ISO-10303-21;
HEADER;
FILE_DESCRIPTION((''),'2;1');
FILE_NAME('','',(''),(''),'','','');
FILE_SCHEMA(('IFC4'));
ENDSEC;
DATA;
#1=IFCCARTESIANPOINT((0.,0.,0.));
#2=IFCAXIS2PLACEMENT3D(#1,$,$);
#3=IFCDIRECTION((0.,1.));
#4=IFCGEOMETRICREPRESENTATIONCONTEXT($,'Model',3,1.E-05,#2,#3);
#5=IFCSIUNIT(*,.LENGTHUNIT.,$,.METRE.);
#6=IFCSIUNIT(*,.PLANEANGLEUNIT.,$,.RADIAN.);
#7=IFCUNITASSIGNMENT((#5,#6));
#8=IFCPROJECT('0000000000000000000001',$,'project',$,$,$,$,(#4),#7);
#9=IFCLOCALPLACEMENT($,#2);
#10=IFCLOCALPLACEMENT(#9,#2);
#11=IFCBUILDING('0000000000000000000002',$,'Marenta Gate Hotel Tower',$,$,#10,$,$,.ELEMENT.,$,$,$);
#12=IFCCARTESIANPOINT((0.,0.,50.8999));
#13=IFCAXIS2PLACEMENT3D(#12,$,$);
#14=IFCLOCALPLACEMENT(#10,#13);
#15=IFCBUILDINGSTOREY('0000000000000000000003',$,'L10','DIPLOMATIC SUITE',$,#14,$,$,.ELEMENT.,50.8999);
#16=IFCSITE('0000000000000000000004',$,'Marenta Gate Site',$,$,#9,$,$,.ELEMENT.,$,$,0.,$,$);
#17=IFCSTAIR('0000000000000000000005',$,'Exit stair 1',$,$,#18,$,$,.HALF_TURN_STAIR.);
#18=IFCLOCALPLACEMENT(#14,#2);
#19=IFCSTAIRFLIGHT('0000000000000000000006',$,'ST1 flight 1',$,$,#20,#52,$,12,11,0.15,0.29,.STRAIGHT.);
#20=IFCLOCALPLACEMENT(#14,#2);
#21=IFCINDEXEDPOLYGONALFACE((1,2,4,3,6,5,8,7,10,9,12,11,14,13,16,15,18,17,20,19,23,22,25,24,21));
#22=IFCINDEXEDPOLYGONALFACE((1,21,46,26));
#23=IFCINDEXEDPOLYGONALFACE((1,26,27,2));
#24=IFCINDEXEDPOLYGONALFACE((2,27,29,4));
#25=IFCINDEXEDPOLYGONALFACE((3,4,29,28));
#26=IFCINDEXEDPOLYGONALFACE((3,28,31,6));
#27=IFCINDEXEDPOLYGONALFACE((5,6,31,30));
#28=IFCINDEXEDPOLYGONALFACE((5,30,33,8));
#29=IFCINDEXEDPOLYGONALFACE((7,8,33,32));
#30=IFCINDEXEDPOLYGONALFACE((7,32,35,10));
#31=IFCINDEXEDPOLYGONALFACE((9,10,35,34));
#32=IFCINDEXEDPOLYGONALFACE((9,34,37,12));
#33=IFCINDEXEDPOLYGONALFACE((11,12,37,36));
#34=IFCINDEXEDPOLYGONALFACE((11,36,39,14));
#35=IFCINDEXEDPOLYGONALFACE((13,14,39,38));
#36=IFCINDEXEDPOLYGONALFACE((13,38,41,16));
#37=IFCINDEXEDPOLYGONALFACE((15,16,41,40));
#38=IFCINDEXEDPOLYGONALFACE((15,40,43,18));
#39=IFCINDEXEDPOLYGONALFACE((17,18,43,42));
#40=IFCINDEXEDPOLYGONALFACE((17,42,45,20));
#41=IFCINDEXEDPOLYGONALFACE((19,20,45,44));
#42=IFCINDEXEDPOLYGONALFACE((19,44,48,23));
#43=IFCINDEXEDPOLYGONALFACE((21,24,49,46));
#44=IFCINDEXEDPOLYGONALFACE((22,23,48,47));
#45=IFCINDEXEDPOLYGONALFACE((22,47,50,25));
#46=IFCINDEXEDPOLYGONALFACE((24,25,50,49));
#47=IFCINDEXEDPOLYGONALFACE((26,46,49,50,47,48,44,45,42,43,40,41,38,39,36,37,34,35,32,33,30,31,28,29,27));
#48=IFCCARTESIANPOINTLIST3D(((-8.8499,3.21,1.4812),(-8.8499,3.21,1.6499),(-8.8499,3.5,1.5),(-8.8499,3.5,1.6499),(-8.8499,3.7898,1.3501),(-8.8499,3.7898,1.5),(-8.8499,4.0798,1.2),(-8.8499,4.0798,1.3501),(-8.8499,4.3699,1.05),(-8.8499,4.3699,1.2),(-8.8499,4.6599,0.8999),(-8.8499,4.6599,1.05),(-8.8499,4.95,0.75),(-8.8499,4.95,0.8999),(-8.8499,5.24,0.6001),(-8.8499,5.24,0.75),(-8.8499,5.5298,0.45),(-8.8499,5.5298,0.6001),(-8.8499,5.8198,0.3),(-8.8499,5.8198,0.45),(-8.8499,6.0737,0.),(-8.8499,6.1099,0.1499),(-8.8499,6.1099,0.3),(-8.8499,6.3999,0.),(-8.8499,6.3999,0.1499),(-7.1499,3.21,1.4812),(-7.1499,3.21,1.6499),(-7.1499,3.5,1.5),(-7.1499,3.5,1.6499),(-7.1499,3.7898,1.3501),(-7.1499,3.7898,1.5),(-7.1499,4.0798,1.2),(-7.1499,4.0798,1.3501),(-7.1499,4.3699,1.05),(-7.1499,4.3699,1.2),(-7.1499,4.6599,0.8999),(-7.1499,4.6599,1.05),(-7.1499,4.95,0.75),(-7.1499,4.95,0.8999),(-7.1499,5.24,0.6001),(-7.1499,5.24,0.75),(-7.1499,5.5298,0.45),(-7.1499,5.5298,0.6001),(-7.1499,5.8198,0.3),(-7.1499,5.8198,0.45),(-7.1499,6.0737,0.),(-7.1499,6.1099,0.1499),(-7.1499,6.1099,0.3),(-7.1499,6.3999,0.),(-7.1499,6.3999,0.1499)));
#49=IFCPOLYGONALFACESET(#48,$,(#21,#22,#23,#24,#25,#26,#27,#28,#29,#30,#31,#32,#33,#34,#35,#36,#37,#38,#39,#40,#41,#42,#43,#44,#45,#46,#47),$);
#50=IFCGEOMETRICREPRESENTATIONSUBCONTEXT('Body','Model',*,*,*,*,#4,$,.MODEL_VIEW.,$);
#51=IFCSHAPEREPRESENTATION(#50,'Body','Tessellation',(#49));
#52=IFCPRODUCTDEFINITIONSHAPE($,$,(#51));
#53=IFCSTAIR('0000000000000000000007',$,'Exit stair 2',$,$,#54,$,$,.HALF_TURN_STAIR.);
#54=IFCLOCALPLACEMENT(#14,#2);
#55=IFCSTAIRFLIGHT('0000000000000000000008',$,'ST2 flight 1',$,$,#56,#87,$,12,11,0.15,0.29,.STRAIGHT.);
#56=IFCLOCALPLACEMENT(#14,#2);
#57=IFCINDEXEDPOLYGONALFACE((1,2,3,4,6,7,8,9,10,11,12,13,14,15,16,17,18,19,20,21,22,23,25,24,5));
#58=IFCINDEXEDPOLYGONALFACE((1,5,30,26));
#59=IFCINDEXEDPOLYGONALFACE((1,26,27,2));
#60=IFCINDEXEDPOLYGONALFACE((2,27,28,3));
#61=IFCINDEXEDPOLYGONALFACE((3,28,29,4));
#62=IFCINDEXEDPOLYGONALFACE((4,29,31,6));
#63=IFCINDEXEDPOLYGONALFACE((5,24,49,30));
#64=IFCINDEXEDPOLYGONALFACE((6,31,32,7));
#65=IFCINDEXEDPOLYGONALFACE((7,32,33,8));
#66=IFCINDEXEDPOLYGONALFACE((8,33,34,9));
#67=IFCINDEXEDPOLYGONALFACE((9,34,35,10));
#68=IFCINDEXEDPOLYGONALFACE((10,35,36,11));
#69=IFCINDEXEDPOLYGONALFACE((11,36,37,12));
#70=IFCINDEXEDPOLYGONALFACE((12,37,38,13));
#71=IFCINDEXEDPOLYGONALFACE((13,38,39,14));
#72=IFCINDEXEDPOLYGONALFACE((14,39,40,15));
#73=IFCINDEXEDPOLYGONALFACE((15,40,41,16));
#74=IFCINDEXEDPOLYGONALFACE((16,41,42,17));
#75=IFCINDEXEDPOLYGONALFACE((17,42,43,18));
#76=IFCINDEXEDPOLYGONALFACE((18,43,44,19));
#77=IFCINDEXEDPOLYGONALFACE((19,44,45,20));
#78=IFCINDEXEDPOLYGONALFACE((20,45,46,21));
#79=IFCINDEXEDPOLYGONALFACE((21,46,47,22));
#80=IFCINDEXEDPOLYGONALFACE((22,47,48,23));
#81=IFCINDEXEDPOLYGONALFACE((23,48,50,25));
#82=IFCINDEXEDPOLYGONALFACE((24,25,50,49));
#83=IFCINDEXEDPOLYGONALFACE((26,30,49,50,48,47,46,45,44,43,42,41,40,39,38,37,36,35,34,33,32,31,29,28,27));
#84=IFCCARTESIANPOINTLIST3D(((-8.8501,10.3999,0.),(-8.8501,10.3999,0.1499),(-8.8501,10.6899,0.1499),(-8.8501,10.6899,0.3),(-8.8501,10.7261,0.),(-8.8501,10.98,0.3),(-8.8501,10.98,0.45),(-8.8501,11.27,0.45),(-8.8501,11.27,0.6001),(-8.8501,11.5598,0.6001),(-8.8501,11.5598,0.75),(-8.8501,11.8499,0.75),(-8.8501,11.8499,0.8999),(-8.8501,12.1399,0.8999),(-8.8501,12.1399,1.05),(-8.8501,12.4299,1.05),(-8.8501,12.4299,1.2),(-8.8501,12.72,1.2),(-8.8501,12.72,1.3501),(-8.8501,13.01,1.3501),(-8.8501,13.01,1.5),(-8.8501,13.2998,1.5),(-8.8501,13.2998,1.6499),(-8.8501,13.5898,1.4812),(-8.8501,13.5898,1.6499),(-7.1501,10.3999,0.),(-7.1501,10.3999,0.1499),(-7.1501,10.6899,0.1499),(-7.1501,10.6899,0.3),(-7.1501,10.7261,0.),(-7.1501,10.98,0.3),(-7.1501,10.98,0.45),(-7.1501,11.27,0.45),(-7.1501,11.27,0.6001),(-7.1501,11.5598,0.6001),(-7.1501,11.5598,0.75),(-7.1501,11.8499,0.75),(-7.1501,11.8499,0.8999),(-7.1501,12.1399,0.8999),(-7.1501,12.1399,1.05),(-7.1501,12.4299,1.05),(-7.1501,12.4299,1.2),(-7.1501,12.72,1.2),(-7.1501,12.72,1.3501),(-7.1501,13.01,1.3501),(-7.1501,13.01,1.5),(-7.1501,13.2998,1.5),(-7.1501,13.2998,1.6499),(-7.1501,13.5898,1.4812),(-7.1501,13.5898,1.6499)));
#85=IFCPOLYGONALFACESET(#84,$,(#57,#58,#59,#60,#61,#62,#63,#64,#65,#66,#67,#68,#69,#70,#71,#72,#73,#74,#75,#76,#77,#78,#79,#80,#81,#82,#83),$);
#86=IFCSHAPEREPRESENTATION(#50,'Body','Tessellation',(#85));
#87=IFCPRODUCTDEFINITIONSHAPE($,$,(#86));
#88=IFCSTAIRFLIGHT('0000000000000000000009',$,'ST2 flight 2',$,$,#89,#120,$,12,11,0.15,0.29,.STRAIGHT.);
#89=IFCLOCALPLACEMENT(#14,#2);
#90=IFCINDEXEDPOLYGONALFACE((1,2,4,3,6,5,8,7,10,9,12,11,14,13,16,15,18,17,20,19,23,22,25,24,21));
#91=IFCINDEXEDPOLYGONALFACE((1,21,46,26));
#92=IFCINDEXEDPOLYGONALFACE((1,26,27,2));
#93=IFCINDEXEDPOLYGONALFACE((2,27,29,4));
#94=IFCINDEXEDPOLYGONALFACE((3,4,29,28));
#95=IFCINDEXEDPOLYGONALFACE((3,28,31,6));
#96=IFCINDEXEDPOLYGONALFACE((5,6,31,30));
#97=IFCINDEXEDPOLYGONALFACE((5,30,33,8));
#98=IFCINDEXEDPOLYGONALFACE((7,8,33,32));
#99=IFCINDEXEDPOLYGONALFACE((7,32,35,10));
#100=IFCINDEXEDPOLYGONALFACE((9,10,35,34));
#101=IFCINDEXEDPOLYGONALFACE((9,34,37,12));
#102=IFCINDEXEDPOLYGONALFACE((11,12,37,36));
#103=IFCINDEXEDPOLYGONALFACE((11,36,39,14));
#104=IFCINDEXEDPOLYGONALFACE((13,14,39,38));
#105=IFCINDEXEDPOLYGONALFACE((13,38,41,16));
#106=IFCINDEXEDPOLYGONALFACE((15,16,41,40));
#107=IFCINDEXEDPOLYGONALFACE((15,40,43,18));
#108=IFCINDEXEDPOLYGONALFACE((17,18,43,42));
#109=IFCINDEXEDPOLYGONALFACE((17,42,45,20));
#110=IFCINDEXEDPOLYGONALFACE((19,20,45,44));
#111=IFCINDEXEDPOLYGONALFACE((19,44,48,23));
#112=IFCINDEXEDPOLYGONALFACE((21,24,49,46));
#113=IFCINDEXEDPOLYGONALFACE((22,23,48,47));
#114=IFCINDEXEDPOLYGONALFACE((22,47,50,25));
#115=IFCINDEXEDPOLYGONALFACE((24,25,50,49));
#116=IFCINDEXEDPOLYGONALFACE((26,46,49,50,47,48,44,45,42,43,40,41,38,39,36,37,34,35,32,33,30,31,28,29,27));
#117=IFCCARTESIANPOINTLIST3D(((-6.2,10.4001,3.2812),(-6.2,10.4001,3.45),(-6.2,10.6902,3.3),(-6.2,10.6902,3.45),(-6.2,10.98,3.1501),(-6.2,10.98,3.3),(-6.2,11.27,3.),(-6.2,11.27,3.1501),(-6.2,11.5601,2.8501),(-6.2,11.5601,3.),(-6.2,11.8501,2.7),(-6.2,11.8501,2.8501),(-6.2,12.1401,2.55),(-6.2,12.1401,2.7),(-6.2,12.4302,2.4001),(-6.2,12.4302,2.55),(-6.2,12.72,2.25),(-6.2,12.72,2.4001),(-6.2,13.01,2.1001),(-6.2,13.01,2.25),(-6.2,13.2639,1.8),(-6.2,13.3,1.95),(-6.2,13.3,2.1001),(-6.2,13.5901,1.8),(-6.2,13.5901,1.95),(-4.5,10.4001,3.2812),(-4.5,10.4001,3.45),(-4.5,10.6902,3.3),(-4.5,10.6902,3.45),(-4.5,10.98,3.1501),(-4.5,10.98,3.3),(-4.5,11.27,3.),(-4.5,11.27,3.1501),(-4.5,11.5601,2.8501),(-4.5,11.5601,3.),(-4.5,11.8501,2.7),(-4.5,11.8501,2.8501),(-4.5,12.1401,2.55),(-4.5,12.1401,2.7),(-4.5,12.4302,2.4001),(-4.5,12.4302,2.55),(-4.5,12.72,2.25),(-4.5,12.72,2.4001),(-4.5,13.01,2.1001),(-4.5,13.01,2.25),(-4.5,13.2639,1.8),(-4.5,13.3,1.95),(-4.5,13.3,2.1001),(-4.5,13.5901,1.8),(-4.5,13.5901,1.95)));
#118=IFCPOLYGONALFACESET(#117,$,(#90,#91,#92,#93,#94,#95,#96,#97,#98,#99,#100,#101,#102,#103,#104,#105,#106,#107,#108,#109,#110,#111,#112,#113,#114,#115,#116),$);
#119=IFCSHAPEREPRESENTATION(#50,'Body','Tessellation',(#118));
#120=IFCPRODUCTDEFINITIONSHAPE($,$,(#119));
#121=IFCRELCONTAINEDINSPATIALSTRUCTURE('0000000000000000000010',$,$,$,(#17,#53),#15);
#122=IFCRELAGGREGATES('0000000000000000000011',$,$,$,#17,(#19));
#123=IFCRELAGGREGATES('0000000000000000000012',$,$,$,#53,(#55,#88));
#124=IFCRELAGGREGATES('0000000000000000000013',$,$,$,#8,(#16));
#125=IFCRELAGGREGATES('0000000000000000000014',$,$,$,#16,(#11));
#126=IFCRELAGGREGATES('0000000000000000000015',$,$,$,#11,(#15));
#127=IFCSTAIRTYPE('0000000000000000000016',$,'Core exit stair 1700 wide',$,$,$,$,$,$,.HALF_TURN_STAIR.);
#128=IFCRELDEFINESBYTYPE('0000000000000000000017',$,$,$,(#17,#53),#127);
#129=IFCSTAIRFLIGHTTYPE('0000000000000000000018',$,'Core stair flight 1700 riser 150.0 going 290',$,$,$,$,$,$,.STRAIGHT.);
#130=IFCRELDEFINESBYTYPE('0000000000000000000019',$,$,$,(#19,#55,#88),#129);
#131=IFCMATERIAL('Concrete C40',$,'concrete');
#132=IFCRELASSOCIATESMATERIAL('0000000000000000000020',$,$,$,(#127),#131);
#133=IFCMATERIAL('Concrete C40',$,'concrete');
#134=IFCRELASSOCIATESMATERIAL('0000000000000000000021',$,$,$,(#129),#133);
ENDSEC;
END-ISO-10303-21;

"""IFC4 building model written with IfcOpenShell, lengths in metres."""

from ifc_helpers import new_model, si_unit, direction, frame, origin, place, context, subcontext, project, spatial, polyline, outline, extrude, material, type_object, element, aggregate, save


model = new_model("IFC4")

# Units and contexts
model_context = context("Model", 3, precision=1e-05, world=origin(), true_north=direction((0.0, 1.0)))
body_context = subcontext(model_context, "Body", "Model", "MODEL_VIEW")
ifc_project = project(units=[si_unit("LENGTHUNIT", "METRE"), si_unit("PLANEANGLEUNIT", "RADIAN")], contexts=[model_context])

# Site, building, storey
site_placement = place(None, origin())
site = spatial("IfcSite", under=ifc_project, at=site_placement, Name="Marenta Gate Site", CompositionType="ELEMENT", RefElevation=0.0)
building_placement = place(site_placement, origin())
building = spatial("IfcBuilding", under=site, at=building_placement, Name="Marenta Gate Hotel Tower", CompositionType="ELEMENT")
storey_placement = place(building_placement, frame((0.0, 0.0, 50.8999)))
storey = spatial("IfcBuildingStorey", under=building, at=storey_placement, Name="L10", Description="DIPLOMATIC SUITE", CompositionType="ELEMENT", Elevation=50.8999)

# Stair, stair flight
ifc_material_1 = material(Name="Concrete C40", Category="concrete")
stair_type = type_object("IfcStairType", Name="Core exit stair 1700 wide", PredefinedType="HALF_TURN_STAIR", material=ifc_material_1)
stair_1_placement = place(storey_placement, origin())
stair_1 = element("IfcStair", 1, at=stair_1_placement, inside=storey, type_object=stair_type, Name="Exit stair 1", PredefinedType="HALF_TURN_STAIR")
ifc_material_2 = material(Name="Concrete C40", Category="concrete")
stair_flight_type = type_object("IfcStairFlightType", Name="Core stair flight 1700 riser 150.0 going 290", PredefinedType="STRAIGHT", material=ifc_material_2)
stair_flight_1_placement = place(storey_placement, frame((-8.0, 6.3999, 0.0), z_axis=(0.0, 0.0, 1.0), x_axis=(0.0, -1.0, 0.0)))
stair_flight_1 = element("IfcStairFlight", 2, at=stair_flight_1_placement, type_object=stair_flight_type, Name="ST1 flight 1", NumberOfRisers=12, NumberOfTreads=11, PredefinedType="STRAIGHT", RiserHeight=0.15, TreadLength=0.29, context=body_context, shape_type="SweptSolid", body=[
    extrude(outline(polyline([(0.0, 0.0), (0.0, 0.1499), (0.29, 0.1499), (0.29, 0.3), (0.5801, 0.3), (0.5801, 0.45), (0.8701, 0.45), (0.8701, 0.6001), (1.1599, 0.6001), (1.1599, 0.75), (1.45, 0.75), (1.45, 0.8999), (1.74, 0.8999), (1.74, 1.05), (2.03, 1.05), (2.03, 1.2), (2.3201, 1.2), (2.3201, 1.3501), (2.6101, 1.3501), (2.6101, 1.5), (2.8999, 1.5), (2.8999, 1.6499), (3.1899, 1.6499), (3.1899, 1.8), (3.1899, 1.4812), (0.3262, 0.0), (0.0, 0.0)])), frame((0.0, 0.8501, 0.0), z_axis=(0.0, -1.0, 0.0), x_axis=(1.0, 0.0, 0.0)), (0.0, 0.0, 1.0), 1.7),
])
aggregate(stair_1, [stair_flight_1])

# Stair, stair flights
stair_2_placement = place(storey_placement, origin())
stair_2 = element("IfcStair", 3, at=stair_2_placement, inside=storey, type_object=stair_type, Name="Exit stair 2", PredefinedType="HALF_TURN_STAIR")
stair_flight_2_placement = place(storey_placement, frame((-8.0, 10.3999, 0.0), z_axis=(0.0, 0.0, 1.0), x_axis=(0.0, 1.0, 0.0)))
stair_flight_2 = element("IfcStairFlight", 4, at=stair_flight_2_placement, type_object=stair_flight_type, Name="ST2 flight 1", NumberOfRisers=12, NumberOfTreads=11, PredefinedType="STRAIGHT", RiserHeight=0.15, TreadLength=0.29, context=body_context, shape_type="SweptSolid", body=[
    extrude(outline(polyline([(0.0, 0.0), (0.0, 0.1499), (0.29, 0.1499), (0.29, 0.3), (0.5801, 0.3), (0.5801, 0.45), (0.8701, 0.45), (0.8701, 0.6001), (1.1599, 0.6001), (1.1599, 0.75), (1.45, 0.75), (1.45, 0.8999), (1.74, 0.8999), (1.74, 1.05), (2.03, 1.05), (2.03, 1.2), (2.3201, 1.2), (2.3201, 1.3501), (2.6101, 1.3501), (2.6101, 1.5), (2.8999, 1.5), (2.8999, 1.6499), (3.1899, 1.6499), (3.1899, 1.8), (3.1899, 1.4812), (0.3262, 0.0), (0.0, 0.0)])), frame((0.0, 0.8501, 0.0), z_axis=(0.0, -1.0, 0.0), x_axis=(1.0, 0.0, 0.0)), (0.0, 0.0, 1.0), 1.7),
])
stair_flight_3_placement = place(storey_placement, frame((-5.3501, 13.5901, 1.8), z_axis=(0.0, 0.0, 1.0), x_axis=(0.0, -1.0, 0.0)))
stair_flight_3 = element("IfcStairFlight", 5, at=stair_flight_3_placement, type_object=stair_flight_type, Name="ST2 flight 2", NumberOfRisers=12, NumberOfTreads=11, PredefinedType="STRAIGHT", RiserHeight=0.15, TreadLength=0.29, context=body_context, shape_type="SweptSolid", body=[
    extrude(outline(polyline([(0.0, 0.0), (0.0, 0.1499), (0.29, 0.1499), (0.29, 0.3), (0.5801, 0.3), (0.5801, 0.45), (0.8701, 0.45), (0.8701, 0.6001), (1.1599, 0.6001), (1.1599, 0.75), (1.45, 0.75), (1.45, 0.8999), (1.74, 0.8999), (1.74, 1.05), (2.03, 1.05), (2.03, 1.2), (2.3201, 1.2), (2.3201, 1.3501), (2.6101, 1.3501), (2.6101, 1.5), (2.8999, 1.5), (2.8999, 1.6499), (3.1899, 1.6499), (3.1899, 1.8), (3.1899, 1.4812), (0.3262, 0.0), (0.0, 0.0)])), frame((0.0, 0.8501, 0.0), z_axis=(0.0, -1.0, 0.0), x_axis=(1.0, 0.0, 0.0)), (0.0, 0.0, 1.0), 1.7),
])
aggregate(stair_2, [stair_flight_2, stair_flight_3])

save(model, "model.ifc")
